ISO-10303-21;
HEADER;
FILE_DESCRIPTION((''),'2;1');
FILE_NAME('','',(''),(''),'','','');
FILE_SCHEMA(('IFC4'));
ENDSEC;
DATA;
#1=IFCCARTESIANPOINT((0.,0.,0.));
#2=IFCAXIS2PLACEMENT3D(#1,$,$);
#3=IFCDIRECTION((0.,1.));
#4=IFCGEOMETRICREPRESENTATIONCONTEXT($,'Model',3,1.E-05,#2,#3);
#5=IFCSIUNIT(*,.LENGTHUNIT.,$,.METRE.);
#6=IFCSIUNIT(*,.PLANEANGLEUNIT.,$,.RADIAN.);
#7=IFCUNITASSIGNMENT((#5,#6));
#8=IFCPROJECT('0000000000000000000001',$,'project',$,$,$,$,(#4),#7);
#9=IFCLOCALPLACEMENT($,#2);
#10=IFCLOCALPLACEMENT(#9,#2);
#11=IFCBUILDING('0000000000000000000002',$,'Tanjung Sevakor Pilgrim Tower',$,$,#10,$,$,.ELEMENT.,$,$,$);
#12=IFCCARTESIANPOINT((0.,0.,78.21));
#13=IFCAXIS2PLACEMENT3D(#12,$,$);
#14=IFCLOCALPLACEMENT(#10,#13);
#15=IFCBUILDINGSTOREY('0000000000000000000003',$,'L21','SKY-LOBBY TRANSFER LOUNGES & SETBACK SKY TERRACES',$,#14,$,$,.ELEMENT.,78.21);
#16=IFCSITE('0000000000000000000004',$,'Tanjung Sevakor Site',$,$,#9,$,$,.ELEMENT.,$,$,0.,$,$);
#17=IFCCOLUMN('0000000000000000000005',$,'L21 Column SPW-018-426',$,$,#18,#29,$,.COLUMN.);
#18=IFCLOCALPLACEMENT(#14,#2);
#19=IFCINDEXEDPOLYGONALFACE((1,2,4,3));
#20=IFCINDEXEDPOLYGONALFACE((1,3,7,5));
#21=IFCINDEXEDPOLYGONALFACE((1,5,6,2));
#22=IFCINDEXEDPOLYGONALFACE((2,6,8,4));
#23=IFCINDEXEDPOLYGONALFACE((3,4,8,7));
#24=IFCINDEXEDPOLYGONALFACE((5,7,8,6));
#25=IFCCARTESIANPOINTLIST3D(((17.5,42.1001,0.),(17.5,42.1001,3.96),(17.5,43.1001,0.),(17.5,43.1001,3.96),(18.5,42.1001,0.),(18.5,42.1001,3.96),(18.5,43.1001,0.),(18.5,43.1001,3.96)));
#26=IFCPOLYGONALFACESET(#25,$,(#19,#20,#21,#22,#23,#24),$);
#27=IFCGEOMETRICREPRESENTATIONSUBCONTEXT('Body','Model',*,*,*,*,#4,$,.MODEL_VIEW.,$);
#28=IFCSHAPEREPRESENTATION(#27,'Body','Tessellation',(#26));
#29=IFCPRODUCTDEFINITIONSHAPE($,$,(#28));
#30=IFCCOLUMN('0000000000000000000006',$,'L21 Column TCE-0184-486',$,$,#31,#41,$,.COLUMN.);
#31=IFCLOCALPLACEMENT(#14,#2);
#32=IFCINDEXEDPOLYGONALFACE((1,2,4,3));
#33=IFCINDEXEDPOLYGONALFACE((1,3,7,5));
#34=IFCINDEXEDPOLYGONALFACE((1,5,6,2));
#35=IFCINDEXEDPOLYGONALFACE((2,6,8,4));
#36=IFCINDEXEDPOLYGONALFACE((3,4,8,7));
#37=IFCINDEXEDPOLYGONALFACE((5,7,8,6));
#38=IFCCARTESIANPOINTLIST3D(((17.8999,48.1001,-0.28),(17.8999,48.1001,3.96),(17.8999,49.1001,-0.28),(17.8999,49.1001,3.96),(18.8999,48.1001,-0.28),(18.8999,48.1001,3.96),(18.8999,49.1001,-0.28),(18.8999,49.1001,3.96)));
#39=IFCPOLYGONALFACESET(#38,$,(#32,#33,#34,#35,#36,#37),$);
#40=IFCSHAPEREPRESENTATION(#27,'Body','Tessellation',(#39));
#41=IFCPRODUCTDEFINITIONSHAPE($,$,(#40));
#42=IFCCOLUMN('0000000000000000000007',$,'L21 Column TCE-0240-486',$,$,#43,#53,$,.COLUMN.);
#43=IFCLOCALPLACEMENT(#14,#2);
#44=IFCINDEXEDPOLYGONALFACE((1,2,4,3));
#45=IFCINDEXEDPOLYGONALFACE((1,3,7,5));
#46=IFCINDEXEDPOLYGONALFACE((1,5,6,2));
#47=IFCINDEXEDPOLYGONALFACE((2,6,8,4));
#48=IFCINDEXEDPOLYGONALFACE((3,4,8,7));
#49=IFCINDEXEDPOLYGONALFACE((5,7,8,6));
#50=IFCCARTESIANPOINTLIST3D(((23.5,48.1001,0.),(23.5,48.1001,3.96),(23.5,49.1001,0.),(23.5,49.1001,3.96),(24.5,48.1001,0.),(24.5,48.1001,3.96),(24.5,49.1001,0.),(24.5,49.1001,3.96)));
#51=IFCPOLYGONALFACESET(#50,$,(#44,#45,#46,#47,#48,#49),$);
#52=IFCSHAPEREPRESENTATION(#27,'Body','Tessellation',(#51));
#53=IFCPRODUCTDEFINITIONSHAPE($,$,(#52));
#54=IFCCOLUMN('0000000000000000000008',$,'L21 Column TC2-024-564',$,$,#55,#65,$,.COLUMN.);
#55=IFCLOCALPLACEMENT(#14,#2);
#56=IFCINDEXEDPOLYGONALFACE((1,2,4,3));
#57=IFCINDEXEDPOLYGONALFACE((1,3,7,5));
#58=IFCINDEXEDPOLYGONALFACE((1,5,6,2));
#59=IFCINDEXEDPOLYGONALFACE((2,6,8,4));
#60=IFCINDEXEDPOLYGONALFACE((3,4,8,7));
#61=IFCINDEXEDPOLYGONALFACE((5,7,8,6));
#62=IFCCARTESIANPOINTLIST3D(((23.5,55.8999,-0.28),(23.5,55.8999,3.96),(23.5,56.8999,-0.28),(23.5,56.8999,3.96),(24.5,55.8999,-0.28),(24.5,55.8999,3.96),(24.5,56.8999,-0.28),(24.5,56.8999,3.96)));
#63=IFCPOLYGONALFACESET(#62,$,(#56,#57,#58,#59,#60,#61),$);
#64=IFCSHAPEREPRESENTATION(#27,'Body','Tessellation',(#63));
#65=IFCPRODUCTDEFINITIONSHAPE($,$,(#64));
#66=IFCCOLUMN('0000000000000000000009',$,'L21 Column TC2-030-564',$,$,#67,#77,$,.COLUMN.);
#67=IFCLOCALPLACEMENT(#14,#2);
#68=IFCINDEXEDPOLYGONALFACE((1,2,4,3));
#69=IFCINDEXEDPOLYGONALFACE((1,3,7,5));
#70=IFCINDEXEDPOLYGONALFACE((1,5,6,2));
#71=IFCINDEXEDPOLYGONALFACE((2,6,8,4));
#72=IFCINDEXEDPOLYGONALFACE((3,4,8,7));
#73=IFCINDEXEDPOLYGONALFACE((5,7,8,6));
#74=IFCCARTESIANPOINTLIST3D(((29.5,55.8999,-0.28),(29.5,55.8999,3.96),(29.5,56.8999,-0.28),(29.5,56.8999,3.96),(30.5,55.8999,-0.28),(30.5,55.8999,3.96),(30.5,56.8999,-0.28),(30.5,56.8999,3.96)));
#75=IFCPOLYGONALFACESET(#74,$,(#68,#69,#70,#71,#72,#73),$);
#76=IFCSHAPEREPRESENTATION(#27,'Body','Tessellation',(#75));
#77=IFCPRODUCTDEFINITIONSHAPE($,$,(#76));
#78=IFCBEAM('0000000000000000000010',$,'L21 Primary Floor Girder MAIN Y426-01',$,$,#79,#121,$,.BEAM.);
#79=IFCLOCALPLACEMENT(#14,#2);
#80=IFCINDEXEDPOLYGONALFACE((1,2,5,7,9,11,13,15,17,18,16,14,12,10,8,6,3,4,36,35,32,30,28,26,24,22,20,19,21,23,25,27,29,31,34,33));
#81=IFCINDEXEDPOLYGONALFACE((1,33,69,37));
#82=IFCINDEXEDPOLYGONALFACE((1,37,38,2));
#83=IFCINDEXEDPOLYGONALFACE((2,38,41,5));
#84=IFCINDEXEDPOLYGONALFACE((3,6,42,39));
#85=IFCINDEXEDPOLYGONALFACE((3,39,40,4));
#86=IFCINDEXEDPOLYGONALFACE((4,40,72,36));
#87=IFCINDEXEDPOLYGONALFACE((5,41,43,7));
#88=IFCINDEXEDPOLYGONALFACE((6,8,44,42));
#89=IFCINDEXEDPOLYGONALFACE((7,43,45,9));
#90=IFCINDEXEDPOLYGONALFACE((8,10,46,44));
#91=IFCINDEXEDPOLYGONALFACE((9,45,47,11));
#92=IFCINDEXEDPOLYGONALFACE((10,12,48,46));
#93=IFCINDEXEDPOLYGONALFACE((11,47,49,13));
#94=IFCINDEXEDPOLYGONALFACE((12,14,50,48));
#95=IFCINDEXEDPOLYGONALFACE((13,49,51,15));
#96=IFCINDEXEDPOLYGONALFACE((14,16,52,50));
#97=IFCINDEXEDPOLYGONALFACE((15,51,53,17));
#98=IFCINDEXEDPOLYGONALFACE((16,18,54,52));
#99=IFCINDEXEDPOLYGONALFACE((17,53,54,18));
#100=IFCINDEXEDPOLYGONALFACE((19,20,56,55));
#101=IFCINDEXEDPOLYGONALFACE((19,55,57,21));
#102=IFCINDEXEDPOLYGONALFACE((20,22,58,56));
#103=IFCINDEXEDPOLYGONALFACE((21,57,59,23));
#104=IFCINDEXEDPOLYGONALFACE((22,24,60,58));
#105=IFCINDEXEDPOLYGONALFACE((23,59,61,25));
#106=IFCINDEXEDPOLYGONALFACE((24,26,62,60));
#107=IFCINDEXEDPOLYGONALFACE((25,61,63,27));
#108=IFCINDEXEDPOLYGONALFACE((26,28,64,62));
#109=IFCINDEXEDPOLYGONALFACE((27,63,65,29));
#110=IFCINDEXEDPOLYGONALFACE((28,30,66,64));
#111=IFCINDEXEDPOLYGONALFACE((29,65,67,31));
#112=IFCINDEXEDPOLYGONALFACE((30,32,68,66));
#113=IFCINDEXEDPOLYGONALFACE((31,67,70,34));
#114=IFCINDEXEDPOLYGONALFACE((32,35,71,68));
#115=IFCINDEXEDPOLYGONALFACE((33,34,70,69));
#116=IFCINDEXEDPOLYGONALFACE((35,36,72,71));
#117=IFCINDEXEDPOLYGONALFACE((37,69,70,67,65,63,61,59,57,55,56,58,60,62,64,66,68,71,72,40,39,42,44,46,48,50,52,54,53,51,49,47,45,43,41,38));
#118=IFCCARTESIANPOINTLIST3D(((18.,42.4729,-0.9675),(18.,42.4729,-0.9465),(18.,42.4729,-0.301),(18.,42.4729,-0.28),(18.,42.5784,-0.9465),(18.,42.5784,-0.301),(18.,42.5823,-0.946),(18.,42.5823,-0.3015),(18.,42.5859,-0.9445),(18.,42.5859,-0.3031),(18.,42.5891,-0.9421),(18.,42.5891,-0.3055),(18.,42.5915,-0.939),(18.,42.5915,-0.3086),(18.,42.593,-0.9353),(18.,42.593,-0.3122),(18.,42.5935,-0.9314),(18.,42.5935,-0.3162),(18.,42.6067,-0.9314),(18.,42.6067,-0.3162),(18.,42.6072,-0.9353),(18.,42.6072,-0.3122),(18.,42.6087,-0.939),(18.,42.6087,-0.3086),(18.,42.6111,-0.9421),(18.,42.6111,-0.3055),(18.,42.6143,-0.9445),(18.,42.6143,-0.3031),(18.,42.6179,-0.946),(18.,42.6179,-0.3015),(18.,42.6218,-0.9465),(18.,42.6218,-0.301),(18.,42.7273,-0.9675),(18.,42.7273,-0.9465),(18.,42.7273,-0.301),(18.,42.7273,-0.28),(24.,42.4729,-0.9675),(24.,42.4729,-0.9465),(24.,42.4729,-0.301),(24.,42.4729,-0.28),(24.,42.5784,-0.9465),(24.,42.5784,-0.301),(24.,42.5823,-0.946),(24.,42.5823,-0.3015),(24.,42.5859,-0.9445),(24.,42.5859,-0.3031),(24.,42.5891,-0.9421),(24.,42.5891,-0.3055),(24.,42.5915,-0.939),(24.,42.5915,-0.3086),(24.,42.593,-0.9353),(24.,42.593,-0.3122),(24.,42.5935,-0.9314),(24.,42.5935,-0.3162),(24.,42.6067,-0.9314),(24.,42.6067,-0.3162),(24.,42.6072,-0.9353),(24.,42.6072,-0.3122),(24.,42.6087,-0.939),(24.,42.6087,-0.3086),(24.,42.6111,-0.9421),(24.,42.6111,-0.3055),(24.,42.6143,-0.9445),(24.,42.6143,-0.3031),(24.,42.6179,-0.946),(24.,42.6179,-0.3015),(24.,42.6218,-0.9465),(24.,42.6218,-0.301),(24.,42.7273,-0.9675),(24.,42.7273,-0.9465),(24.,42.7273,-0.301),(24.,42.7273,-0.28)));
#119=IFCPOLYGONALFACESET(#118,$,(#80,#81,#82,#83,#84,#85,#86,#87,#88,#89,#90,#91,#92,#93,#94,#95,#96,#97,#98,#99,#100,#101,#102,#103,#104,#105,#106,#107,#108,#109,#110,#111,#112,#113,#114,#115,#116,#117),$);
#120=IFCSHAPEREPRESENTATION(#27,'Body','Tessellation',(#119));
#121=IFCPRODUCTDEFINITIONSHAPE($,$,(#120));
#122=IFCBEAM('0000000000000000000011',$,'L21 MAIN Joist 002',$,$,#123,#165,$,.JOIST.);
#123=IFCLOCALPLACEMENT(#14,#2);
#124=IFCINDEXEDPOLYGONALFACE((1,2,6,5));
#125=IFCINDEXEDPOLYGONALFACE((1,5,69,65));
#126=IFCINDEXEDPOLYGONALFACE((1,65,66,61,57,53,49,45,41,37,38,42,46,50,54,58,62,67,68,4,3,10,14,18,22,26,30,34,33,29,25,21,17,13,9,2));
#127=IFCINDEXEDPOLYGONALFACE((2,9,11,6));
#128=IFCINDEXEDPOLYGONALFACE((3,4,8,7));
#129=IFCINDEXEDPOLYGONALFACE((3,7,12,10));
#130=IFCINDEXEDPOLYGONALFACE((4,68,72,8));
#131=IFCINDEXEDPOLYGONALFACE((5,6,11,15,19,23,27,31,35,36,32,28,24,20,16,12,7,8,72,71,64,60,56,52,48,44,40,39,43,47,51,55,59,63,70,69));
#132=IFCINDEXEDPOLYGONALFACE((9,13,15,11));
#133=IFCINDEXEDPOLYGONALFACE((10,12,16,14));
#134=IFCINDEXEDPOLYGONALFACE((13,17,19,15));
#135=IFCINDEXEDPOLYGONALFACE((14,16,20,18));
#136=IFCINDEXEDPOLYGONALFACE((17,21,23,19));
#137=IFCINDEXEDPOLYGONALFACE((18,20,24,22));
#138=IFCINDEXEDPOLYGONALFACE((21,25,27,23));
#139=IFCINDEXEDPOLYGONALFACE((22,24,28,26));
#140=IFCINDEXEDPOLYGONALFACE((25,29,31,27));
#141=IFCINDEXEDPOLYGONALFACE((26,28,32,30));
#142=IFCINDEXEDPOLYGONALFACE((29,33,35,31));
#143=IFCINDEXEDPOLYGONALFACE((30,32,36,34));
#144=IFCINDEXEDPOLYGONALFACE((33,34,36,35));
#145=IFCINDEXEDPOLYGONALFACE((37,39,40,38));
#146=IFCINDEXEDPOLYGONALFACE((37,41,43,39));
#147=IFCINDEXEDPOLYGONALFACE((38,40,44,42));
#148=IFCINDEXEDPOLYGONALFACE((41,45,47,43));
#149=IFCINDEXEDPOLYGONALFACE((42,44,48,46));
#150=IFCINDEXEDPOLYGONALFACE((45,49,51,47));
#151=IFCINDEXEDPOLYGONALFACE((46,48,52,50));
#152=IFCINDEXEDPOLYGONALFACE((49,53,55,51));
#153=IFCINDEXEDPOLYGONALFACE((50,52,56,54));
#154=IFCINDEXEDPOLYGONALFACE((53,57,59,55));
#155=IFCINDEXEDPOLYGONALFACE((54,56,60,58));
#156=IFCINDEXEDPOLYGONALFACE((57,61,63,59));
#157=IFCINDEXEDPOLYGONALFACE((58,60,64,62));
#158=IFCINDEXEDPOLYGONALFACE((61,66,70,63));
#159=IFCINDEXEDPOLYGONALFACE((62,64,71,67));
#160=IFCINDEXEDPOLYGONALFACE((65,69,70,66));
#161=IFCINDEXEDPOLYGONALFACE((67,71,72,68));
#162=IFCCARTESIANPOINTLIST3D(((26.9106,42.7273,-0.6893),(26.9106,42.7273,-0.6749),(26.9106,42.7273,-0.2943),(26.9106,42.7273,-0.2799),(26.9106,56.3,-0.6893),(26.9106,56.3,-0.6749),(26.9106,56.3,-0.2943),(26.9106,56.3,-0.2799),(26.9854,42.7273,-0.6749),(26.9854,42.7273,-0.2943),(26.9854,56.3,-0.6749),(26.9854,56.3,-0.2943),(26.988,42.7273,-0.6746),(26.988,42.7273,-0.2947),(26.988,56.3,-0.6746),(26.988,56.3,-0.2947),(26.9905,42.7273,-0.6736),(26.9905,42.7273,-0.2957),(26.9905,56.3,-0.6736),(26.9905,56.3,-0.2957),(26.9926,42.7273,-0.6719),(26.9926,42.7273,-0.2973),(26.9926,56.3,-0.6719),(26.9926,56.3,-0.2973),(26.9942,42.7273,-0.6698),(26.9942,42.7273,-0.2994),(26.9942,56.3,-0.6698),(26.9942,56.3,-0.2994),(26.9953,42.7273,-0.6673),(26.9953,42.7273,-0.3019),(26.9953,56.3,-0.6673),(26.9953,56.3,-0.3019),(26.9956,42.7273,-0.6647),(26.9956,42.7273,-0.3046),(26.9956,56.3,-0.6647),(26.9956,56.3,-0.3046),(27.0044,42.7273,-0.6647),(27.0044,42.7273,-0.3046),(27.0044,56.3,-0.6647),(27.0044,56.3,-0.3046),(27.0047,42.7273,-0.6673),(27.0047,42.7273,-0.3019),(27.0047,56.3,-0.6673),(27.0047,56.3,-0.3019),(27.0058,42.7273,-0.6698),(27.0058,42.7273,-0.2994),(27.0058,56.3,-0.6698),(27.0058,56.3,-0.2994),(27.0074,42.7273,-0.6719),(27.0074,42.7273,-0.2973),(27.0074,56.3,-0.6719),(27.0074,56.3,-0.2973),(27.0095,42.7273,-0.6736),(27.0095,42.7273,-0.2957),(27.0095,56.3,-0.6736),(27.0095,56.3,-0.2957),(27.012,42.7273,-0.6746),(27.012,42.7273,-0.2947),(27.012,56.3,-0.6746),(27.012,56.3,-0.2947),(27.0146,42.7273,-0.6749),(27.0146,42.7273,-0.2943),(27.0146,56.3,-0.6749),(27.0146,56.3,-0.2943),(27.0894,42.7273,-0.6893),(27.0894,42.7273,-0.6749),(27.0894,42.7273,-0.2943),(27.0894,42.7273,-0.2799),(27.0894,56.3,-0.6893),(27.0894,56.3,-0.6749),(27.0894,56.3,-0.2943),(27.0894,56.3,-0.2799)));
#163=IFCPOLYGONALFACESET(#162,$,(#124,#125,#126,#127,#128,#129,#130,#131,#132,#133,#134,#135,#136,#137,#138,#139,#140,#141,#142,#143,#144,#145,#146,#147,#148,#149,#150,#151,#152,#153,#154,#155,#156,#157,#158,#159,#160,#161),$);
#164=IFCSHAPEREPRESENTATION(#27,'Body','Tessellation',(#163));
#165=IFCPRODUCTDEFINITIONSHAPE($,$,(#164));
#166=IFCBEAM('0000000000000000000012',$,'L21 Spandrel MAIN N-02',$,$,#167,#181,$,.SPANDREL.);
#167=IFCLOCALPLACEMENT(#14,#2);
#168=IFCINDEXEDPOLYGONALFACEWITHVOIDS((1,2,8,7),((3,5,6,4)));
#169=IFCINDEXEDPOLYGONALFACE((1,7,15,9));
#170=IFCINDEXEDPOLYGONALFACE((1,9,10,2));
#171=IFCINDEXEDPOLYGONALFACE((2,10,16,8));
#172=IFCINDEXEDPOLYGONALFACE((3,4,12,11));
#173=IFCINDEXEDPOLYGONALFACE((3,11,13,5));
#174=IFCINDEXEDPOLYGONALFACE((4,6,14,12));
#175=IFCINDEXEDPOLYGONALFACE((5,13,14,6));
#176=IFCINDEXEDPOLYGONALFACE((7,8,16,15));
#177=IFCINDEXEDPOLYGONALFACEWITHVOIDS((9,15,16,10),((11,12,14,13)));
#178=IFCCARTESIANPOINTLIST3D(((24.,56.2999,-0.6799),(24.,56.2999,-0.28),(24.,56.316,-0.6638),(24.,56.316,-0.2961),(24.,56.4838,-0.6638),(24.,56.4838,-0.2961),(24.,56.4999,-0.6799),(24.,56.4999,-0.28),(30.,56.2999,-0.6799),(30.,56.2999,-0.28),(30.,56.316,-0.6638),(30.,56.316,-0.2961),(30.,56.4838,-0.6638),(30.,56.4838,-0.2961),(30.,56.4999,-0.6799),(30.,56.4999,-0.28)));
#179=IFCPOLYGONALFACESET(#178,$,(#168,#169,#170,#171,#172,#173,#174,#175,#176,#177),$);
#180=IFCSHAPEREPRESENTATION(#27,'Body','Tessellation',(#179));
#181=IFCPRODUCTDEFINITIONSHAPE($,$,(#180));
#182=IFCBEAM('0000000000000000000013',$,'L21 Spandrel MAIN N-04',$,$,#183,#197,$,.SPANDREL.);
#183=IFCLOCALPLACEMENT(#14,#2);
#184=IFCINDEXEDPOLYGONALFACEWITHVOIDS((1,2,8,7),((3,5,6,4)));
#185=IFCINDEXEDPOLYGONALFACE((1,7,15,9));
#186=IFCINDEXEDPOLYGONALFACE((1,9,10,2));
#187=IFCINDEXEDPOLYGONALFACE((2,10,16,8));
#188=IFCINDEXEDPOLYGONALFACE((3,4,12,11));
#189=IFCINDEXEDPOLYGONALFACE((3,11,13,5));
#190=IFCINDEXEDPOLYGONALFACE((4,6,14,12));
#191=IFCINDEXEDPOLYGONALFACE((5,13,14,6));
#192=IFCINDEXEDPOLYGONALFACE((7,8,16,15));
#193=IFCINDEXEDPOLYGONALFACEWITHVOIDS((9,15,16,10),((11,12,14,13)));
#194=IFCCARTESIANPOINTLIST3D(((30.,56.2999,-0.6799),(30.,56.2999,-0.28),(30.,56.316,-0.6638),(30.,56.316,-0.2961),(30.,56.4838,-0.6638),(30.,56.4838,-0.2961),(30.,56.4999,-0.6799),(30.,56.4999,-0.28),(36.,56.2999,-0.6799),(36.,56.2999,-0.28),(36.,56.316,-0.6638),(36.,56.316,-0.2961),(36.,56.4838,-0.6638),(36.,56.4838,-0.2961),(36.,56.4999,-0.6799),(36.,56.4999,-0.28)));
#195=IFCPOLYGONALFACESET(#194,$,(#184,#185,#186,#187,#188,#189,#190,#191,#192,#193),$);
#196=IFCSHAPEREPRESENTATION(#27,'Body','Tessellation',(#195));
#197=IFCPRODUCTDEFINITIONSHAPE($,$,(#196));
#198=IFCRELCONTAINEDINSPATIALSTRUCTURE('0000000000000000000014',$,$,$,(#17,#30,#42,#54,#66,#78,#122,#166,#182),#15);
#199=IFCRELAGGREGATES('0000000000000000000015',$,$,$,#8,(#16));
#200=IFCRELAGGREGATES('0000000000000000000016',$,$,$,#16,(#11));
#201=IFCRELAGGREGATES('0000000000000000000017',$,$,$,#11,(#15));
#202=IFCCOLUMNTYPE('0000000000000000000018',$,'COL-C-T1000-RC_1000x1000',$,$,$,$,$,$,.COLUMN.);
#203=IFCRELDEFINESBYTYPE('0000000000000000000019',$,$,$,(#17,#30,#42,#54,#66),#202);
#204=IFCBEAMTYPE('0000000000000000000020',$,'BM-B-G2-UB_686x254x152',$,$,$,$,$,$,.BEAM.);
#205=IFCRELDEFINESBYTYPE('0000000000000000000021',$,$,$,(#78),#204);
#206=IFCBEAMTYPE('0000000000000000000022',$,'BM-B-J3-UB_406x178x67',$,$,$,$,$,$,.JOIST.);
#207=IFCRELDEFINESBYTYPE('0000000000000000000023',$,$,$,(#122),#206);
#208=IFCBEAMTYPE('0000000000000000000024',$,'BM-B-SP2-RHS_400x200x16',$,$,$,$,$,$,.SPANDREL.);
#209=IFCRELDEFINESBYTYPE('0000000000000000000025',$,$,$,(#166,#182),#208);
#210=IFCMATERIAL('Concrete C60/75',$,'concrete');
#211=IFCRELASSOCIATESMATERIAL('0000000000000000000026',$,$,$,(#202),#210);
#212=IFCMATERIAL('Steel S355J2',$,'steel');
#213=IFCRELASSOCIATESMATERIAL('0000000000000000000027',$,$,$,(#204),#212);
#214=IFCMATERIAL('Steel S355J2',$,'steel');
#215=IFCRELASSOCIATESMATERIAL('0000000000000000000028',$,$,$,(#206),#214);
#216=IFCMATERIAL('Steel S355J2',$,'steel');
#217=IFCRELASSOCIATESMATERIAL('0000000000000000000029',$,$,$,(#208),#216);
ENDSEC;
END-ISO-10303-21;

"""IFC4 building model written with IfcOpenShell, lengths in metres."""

from ifc_helpers import new_model, si_unit, direction, frame, origin, origin_2d, place, context, subcontext, project, spatial, rectangle, hollow_rectangle, i_section, extrude, material, material_profile, profile_set, type_object, element, save


model = new_model("IFC4")

# Units and contexts
model_context = context("Model", 3, precision=1e-05, world=origin(), true_north=direction((0.0, 1.0)))
body_context = subcontext(model_context, "Body", "Model", "MODEL_VIEW")
ifc_project = project(units=[si_unit("LENGTHUNIT", "METRE"), si_unit("PLANEANGLEUNIT", "RADIAN")], contexts=[model_context])

# Site, building, storey
site_placement = place(None, origin())
site = spatial("IfcSite", under=ifc_project, at=site_placement, Name="Tanjung Sevakor Site", CompositionType="ELEMENT", RefElevation=0.0)
building_placement = place(site_placement, origin())
building = spatial("IfcBuilding", under=site, at=building_placement, Name="Tanjung Sevakor Pilgrim Tower", CompositionType="ELEMENT")
storey_placement = place(building_placement, frame((0.0, 0.0, 78.21)))
storey = spatial("IfcBuildingStorey", under=building, at=storey_placement, Name="L21", Description="SKY-LOBBY TRANSFER LOUNGES & SETBACK SKY TERRACES", CompositionType="ELEMENT", Elevation=78.21)

# Columns
ifc_material_1 = material(Name="Concrete C60/75", Category="concrete")
ifc_material_profile_1 = material_profile(ifc_material_1, rectangle(XDim=1.0, YDim=1.0, at=origin_2d()))
ifc_profile_set_1 = profile_set([ifc_material_profile_1], Name="Concrete C60/75")
column_type = type_object("IfcColumnType", Name="COL-C-T1000-RC_1000x1000", PredefinedType="COLUMN", material=ifc_profile_set_1)
column_1_placement = place(storey_placement, frame((18.0, 42.6001, 0.0), z_axis=(0.0, 0.0, 1.0), x_axis=(1.0, 0.0, 0.0)))
element("IfcColumn", 1, at=column_1_placement, inside=storey, type_object=column_type, Name="L21 Column SPW-018-426", PredefinedType="COLUMN", context=body_context, shape_type="SweptSolid", body=[
    extrude(rectangle(XDim=1.0, YDim=1.0, at=origin_2d()), origin(), (0.0, 0.0, 1.0), 3.96),
])
column_2_placement = place(storey_placement, frame((18.3999, 48.6001, -0.28), z_axis=(0.0, 0.0, 1.0), x_axis=(1.0, 0.0, 0.0)))
element("IfcColumn", 2, at=column_2_placement, inside=storey, type_object=column_type, Name="L21 Column TCE-0184-486", PredefinedType="COLUMN", context=body_context, shape_type="SweptSolid", body=[
    extrude(rectangle(XDim=1.0, YDim=1.0, at=origin_2d()), origin(), (0.0, 0.0, 1.0), 4.24),
])
column_3_placement = place(storey_placement, frame((24.0, 48.6001, 0.0), z_axis=(0.0, 0.0, 1.0), x_axis=(1.0, 0.0, 0.0)))
element("IfcColumn", 3, at=column_3_placement, inside=storey, type_object=column_type, Name="L21 Column TCE-0240-486", PredefinedType="COLUMN", context=body_context, shape_type="SweptSolid", body=[
    extrude(rectangle(XDim=1.0, YDim=1.0, at=origin_2d()), origin(), (0.0, 0.0, 1.0), 3.96),
])
for number, where, z_axis, x_axis, name in (
    (4, (24.0, 56.3999, -0.28), (0.0, 0.0, 1.0), (1.0, 0.0, 0.0), "L21 Column TC2-024-564"),
    (5, (30.0, 56.3999, -0.28), (0.0, 0.0, 1.0), (1.0, 0.0, 0.0), "L21 Column TC2-030-564"),
):
    element("IfcColumn", number, at=place(storey_placement, frame(where, z_axis=z_axis, x_axis=x_axis)), inside=storey, type_object=column_type, Name=name, PredefinedType="COLUMN", context=body_context, shape_type="SweptSolid", body=[
        extrude(rectangle(XDim=1.0, YDim=1.0, at=origin_2d()), origin(), (0.0, 0.0, 1.0), 4.24),
    ])

# Beams
ifc_material_2 = material(Name="Steel S355J2", Category="steel")
ifc_material_profile_2 = material_profile(ifc_material_2, i_section(OverallWidth=0.2544, OverallDepth=0.6875, WebThickness=0.0132, FlangeThickness=0.021, FilletRadius=0.0151, at=origin_2d()))
ifc_profile_set_2 = profile_set([ifc_material_profile_2], Name="Steel S355J2")
beam_type_1 = type_object("IfcBeamType", Name="BM-B-G2-UB_686x254x152", PredefinedType="BEAM", material=ifc_profile_set_2)
beam_1_placement = place(storey_placement, frame((18.0, 42.6001, -0.6238), z_axis=(1.0, 0.0, 0.0), x_axis=(0.0, 1.0, 0.0)))
element("IfcBeam", 6, at=beam_1_placement, inside=storey, type_object=beam_type_1, Name="L21 Primary Floor Girder MAIN Y426-01", PredefinedType="BEAM", context=body_context, shape_type="SweptSolid", body=[
    extrude(i_section(OverallWidth=0.2544, OverallDepth=0.6875, WebThickness=0.0132, FlangeThickness=0.021, FilletRadius=0.0151, at=origin_2d()), origin(), (0.0, 0.0, 1.0), 6.0),
])
ifc_material_3 = material(Name="Steel S355J2", Category="steel")
ifc_material_profile_3 = material_profile(ifc_material_3, i_section(OverallWidth=0.1787, OverallDepth=0.4094, WebThickness=0.0088, FlangeThickness=0.0144, FilletRadius=0.0103, at=origin_2d()))
ifc_profile_set_3 = profile_set([ifc_material_profile_3], Name="Steel S355J2")
beam_type_2 = type_object("IfcBeamType", Name="BM-B-J3-UB_406x178x67", PredefinedType="JOIST", material=ifc_profile_set_3)
beam_2_placement = place(storey_placement, frame((27.0, 42.7273, -0.4846), z_axis=(0.0, 1.0, 0.0), x_axis=(-1.0, 0.0, 0.0)))
element("IfcBeam", 7, at=beam_2_placement, inside=storey, type_object=beam_type_2, Name="L21 MAIN Joist 002", PredefinedType="JOIST", context=body_context, shape_type="SweptSolid", body=[
    extrude(i_section(OverallWidth=0.1787, OverallDepth=0.4094, WebThickness=0.0088, FlangeThickness=0.0144, FilletRadius=0.0103, at=origin_2d()), origin(), (0.0, 0.0, 1.0), 13.5728),
])
ifc_material_4 = material(Name="Steel S355J2", Category="steel")
ifc_material_profile_4 = material_profile(ifc_material_4, hollow_rectangle(XDim=0.2, YDim=0.3999, WallThickness=0.0161, at=origin_2d()))
ifc_profile_set_4 = profile_set([ifc_material_profile_4], Name="Steel S355J2")
beam_type_3 = type_object("IfcBeamType", Name="BM-B-SP2-RHS_400x200x16", PredefinedType="SPANDREL", material=ifc_profile_set_4)
for number, where, z_axis, x_axis, name in (
    (8, (24.0, 56.3999, -0.48), (1.0, 0.0, 0.0), (0.0, 1.0, 0.0), "L21 Spandrel MAIN N-02"),
    (9, (30.0, 56.3999, -0.48), (1.0, 0.0, 0.0), (0.0, 1.0, 0.0), "L21 Spandrel MAIN N-04"),
):
    element("IfcBeam", number, at=place(storey_placement, frame(where, z_axis=z_axis, x_axis=x_axis)), inside=storey, type_object=beam_type_3, Name=name, PredefinedType="SPANDREL", context=body_context, shape_type="SweptSolid", body=[
        extrude(hollow_rectangle(XDim=0.2, YDim=0.3999, WallThickness=0.0161, at=origin_2d()), origin(), (0.0, 0.0, 1.0), 6.0),
    ])

save(model, "model.ifc")
